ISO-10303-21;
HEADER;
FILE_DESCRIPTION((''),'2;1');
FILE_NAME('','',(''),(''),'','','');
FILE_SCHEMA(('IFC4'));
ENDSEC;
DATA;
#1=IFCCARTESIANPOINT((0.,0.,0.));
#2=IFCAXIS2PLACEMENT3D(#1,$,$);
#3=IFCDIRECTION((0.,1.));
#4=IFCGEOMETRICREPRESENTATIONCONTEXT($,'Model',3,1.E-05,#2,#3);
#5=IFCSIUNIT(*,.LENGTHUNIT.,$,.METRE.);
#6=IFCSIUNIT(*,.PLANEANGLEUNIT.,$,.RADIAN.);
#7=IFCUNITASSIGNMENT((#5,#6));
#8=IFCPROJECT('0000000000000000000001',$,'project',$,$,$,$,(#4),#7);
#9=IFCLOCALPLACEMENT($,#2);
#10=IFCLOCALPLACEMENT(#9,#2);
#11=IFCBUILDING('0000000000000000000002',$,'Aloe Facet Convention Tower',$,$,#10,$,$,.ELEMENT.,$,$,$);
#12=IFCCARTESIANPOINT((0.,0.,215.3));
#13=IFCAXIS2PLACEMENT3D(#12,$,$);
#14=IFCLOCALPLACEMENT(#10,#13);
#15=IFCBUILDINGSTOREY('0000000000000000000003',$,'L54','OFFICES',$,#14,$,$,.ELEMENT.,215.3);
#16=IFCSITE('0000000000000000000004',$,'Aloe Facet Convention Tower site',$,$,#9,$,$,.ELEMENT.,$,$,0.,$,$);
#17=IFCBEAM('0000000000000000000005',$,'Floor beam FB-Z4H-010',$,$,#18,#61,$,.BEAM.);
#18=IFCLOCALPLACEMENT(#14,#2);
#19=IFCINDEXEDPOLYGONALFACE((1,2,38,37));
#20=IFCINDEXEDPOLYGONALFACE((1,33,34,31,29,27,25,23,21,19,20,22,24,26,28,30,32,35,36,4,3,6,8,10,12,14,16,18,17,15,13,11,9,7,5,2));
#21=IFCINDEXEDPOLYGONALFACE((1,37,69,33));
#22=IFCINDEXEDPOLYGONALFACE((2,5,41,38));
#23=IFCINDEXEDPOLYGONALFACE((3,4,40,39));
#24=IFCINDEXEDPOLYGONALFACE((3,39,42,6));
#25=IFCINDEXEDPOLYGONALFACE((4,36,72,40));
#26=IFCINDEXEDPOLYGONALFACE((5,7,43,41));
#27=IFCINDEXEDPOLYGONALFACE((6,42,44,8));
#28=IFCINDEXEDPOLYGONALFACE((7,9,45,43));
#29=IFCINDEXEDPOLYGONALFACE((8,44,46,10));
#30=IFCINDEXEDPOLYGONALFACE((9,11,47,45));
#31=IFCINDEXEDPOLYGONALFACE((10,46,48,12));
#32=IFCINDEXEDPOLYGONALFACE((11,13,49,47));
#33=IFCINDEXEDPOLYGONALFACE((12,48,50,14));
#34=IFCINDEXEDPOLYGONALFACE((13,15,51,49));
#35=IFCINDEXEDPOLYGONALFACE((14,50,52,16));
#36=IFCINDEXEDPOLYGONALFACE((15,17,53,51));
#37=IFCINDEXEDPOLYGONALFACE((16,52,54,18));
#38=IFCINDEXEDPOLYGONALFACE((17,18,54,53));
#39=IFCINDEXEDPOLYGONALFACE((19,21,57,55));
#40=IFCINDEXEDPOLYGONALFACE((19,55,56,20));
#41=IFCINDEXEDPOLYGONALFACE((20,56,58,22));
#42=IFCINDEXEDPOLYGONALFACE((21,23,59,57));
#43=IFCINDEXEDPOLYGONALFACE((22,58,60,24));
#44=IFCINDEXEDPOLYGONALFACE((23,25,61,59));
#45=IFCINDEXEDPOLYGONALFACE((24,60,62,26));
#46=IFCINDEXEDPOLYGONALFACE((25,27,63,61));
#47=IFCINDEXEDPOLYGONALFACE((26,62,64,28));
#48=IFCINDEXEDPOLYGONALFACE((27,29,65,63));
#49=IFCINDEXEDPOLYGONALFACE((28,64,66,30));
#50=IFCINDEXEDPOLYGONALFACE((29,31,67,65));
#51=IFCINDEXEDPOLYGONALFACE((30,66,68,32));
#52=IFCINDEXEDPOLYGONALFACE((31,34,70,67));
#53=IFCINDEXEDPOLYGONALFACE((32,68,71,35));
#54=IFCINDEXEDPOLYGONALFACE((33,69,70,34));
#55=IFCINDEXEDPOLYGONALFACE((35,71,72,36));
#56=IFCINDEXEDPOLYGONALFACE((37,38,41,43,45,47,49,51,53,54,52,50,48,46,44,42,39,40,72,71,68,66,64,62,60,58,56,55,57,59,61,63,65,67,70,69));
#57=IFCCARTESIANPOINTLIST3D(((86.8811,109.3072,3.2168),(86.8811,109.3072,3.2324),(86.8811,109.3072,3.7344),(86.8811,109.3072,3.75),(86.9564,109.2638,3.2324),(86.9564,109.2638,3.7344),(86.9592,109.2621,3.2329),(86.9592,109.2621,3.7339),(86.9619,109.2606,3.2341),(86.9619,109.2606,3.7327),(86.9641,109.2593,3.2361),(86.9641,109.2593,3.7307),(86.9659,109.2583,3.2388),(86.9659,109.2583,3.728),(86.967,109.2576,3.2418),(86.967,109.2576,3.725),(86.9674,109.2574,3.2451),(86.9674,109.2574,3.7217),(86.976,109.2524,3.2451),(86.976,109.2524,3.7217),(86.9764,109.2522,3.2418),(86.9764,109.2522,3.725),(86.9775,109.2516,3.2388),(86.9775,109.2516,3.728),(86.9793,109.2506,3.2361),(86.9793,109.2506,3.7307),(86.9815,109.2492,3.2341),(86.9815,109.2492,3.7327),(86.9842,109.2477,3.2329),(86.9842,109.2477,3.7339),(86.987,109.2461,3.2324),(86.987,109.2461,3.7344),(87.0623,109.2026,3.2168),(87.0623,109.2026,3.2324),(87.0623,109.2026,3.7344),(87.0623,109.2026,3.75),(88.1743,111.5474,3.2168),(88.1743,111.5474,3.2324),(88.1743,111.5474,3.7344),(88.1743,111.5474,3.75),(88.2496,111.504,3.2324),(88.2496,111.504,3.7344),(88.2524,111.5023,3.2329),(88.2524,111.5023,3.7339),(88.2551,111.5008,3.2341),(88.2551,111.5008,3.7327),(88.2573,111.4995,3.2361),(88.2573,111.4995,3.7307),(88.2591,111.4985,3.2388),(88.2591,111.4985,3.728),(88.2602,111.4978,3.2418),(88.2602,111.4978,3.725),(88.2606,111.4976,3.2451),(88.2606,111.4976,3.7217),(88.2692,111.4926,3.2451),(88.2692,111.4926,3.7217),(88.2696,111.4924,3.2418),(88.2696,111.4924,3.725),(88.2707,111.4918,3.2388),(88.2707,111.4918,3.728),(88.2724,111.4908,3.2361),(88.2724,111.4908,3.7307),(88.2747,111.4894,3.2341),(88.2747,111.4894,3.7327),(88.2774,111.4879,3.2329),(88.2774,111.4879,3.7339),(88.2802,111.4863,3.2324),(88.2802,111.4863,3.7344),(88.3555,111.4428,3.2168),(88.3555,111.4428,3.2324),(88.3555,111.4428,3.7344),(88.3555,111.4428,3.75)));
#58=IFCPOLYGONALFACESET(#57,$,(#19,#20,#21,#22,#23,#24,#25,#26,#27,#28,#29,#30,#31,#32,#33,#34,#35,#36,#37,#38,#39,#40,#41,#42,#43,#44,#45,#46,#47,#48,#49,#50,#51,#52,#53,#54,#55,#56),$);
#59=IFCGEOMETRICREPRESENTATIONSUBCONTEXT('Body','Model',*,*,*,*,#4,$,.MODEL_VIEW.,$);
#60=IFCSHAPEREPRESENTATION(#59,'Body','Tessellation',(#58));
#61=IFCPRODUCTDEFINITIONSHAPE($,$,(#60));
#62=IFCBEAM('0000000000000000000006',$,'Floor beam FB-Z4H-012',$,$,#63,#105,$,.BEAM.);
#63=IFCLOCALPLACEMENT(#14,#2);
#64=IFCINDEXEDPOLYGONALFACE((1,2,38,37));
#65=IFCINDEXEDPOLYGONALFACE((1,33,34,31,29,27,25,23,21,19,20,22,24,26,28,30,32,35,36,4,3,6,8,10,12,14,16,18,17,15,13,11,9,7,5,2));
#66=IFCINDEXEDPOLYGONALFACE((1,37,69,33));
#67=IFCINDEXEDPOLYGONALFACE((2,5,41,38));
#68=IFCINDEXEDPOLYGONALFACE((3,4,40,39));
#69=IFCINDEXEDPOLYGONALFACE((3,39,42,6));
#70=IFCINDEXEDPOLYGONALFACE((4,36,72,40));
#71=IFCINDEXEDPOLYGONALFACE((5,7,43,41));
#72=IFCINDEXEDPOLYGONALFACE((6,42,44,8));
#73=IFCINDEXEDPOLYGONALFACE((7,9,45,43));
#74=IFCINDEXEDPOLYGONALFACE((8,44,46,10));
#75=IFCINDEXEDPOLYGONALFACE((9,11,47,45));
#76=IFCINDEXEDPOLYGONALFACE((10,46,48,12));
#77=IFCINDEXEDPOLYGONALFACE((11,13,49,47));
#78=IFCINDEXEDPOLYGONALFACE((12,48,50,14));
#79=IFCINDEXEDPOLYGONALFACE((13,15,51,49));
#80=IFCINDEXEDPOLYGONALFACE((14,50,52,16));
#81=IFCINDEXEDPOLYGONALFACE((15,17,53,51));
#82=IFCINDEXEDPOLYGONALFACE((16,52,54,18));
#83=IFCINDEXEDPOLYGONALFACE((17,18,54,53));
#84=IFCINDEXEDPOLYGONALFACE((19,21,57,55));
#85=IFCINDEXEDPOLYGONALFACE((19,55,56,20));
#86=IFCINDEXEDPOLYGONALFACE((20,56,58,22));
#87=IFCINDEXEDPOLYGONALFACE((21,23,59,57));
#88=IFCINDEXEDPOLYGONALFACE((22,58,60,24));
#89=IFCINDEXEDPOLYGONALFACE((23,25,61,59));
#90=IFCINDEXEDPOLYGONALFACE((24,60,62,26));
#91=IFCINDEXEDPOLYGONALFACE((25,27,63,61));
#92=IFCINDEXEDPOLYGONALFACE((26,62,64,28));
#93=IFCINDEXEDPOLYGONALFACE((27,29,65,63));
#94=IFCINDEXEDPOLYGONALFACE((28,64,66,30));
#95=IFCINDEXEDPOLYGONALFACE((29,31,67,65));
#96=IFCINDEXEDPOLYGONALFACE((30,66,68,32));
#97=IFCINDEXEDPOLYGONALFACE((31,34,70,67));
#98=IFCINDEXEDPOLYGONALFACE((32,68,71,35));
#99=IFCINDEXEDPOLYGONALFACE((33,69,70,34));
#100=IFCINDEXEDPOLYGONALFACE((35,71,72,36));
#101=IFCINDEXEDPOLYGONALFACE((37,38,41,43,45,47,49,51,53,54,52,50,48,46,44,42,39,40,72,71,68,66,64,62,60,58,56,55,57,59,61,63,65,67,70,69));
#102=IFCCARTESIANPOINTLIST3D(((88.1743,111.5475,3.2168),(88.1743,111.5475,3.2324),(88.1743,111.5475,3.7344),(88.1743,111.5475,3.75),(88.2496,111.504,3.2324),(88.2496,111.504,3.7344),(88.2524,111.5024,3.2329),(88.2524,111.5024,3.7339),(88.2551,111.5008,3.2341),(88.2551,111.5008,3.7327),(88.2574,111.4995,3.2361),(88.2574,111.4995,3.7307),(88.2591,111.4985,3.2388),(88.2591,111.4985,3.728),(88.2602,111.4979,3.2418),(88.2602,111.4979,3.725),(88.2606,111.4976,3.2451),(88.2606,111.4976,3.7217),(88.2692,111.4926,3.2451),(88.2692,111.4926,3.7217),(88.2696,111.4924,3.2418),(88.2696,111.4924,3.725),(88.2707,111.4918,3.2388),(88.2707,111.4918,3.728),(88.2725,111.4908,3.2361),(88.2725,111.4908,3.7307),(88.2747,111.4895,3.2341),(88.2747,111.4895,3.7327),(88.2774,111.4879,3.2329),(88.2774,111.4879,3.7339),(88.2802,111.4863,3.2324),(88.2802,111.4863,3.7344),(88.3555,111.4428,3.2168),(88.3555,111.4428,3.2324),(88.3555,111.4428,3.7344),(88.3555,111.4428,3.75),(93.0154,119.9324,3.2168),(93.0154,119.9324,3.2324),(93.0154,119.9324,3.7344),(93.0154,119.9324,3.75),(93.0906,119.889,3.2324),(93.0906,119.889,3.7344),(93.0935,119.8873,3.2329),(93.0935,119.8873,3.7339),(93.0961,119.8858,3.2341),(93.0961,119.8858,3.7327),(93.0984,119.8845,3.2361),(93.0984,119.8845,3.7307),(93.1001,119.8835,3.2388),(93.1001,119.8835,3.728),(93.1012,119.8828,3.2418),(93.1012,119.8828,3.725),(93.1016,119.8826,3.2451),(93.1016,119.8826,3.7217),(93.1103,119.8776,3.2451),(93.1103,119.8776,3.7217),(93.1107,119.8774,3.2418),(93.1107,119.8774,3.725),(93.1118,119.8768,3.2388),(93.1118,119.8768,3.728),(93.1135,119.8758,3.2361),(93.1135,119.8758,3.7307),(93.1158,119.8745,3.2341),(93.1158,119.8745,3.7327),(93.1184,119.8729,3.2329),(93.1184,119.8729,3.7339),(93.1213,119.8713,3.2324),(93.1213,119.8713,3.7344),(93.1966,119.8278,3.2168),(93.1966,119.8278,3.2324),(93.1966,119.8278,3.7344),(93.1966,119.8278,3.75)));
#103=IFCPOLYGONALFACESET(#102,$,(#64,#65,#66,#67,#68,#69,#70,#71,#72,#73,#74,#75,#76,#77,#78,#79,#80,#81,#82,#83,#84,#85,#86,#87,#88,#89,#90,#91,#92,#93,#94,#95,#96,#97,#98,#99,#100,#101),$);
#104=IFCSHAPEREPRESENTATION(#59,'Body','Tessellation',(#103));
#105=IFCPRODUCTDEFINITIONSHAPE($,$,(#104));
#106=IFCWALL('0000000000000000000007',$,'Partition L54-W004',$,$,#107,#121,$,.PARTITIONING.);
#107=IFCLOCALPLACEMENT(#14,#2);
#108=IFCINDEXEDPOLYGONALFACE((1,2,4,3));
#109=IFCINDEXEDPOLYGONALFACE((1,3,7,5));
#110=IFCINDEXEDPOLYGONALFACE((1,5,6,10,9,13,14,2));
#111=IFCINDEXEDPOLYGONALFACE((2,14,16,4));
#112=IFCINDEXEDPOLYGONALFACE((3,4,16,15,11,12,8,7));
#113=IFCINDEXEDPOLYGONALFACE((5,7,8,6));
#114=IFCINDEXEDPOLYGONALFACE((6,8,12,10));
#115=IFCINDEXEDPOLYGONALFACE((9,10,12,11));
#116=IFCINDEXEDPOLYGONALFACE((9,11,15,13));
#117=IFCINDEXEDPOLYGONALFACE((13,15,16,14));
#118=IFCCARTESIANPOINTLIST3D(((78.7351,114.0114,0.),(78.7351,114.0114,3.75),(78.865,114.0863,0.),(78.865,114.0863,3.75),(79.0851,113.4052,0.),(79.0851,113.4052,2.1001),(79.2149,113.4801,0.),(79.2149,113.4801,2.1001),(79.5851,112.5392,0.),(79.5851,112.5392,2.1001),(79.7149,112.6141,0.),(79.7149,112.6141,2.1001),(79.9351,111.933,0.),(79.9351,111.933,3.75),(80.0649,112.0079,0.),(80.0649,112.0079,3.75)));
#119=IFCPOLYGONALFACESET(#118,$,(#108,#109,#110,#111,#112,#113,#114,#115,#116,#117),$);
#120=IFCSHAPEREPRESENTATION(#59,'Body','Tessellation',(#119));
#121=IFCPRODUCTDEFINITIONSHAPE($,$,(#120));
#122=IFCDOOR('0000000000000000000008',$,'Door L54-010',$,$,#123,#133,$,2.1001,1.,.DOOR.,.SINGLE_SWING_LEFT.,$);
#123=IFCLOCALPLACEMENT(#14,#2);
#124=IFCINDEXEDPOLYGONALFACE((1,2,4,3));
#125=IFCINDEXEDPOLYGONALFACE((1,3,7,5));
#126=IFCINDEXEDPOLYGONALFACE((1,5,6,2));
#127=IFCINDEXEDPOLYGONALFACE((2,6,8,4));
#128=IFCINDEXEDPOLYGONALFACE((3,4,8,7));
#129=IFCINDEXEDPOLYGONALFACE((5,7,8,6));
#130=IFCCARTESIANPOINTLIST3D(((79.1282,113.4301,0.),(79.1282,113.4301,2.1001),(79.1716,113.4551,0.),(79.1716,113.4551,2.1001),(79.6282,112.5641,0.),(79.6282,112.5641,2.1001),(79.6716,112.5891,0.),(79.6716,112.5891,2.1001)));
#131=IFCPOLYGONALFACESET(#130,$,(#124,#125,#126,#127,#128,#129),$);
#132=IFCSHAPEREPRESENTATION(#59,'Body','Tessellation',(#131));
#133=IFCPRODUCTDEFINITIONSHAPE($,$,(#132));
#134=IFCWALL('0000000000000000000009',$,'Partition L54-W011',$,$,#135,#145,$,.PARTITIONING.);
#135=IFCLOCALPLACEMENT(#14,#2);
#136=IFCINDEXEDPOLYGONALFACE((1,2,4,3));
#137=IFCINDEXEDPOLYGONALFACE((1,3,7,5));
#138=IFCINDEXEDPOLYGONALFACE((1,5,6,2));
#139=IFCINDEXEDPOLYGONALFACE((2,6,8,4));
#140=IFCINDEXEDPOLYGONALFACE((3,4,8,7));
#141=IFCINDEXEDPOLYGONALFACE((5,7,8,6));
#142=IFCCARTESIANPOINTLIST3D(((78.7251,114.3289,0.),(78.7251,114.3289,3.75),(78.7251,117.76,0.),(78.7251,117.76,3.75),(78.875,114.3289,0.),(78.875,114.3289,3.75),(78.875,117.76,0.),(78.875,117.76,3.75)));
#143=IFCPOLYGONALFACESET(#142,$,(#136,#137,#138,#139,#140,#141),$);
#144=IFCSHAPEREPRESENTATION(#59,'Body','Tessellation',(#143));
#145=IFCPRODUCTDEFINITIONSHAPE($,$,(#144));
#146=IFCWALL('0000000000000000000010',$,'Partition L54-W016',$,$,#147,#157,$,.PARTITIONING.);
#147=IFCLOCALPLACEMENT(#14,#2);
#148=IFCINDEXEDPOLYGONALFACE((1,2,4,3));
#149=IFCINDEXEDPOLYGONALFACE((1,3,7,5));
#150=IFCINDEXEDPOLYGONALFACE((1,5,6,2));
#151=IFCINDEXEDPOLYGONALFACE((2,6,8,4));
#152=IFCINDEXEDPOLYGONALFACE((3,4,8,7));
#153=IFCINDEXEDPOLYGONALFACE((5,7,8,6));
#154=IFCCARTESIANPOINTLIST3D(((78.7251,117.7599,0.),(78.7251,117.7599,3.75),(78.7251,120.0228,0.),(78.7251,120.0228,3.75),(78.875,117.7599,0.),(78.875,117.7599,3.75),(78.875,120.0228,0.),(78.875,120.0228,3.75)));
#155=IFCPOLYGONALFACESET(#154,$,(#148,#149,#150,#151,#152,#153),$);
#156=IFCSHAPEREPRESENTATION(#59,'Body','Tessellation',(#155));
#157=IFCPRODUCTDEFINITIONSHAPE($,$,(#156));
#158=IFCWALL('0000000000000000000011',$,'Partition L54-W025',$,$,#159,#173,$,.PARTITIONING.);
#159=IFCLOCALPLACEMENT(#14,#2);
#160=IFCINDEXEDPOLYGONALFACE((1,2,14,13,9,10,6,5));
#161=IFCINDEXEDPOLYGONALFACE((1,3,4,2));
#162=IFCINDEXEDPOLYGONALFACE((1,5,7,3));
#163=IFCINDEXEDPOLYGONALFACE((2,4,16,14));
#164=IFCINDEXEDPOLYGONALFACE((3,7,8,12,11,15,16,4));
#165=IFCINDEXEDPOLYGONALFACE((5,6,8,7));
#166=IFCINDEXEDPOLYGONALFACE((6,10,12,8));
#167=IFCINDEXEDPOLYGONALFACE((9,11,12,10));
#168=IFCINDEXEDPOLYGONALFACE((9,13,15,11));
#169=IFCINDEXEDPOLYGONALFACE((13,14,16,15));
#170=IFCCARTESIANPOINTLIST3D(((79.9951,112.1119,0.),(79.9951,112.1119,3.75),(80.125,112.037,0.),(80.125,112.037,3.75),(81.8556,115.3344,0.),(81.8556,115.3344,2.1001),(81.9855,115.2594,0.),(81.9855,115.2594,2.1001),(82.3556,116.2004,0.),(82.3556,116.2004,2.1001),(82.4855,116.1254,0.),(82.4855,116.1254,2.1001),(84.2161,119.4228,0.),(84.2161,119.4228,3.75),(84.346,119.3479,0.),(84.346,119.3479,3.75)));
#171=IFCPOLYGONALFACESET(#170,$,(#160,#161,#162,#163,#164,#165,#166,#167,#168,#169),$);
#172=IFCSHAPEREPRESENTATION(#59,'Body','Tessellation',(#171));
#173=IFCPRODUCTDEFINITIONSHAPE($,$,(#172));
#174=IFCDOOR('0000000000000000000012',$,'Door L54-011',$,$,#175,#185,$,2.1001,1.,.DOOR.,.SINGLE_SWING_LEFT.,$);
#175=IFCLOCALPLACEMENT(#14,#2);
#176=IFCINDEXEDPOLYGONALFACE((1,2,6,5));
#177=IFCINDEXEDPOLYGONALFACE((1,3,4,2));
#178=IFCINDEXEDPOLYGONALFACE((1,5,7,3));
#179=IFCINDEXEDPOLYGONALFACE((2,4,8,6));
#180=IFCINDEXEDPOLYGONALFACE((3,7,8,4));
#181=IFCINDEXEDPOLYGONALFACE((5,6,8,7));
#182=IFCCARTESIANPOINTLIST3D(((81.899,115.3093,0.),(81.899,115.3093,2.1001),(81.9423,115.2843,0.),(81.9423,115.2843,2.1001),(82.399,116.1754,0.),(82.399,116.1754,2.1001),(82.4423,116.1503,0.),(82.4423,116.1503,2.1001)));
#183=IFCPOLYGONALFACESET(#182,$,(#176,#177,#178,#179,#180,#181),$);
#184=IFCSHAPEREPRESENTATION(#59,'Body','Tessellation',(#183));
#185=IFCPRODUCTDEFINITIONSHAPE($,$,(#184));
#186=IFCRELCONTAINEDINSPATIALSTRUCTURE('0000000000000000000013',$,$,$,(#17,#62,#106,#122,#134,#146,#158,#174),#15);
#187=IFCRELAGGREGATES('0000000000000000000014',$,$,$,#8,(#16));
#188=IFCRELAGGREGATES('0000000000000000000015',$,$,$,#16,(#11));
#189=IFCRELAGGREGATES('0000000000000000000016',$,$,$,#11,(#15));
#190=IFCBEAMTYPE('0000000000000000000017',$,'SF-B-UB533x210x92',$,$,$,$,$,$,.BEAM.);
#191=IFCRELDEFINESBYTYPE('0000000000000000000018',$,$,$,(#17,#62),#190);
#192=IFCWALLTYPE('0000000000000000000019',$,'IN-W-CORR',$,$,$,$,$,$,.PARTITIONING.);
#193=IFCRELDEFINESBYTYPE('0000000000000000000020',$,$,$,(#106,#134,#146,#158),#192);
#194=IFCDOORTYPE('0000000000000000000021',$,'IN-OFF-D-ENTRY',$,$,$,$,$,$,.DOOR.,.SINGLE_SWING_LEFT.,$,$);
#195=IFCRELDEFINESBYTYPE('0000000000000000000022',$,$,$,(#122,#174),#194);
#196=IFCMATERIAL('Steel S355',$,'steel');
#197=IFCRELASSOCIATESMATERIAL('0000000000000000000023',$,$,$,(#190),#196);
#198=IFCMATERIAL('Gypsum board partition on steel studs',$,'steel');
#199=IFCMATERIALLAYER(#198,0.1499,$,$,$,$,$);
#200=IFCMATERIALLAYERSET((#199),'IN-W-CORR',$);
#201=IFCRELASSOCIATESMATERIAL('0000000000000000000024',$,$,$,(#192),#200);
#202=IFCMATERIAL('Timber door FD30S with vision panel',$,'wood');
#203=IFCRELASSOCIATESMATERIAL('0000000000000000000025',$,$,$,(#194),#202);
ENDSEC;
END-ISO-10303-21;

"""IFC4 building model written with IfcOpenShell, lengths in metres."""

from ifc_helpers import new_model, si_unit, direction, frame, frame_2d, origin, origin_2d, place, context, subcontext, project, spatial, rectangle, i_section, extrude, material, layer, layer_set, material_profile, profile_set, type_object, element, fill, save


model = new_model("IFC4")

# Units and contexts
model_context = context("Model", 3, precision=1e-05, world=origin(), true_north=direction((0.0, 1.0)))
body_context = subcontext(model_context, "Body", "Model", "MODEL_VIEW")
ifc_project = project(units=[si_unit("LENGTHUNIT", "METRE"), si_unit("PLANEANGLEUNIT", "RADIAN")], contexts=[model_context])

# Site, building, storey
site_placement = place(None, origin())
site = spatial("IfcSite", under=ifc_project, at=site_placement, Name="Aloe Facet Convention Tower site", CompositionType="ELEMENT", RefElevation=0.0)
building_placement = place(site_placement, origin())
building = spatial("IfcBuilding", under=site, at=building_placement, Name="Aloe Facet Convention Tower", CompositionType="ELEMENT")
storey_placement = place(building_placement, frame((0.0, 0.0, 215.3)))
storey = spatial("IfcBuildingStorey", under=building, at=storey_placement, Name="L54", Description="OFFICES", CompositionType="ELEMENT", Elevation=215.3)

# Beams
ifc_material_1 = material(Name="Steel S355", Category="steel")
ifc_material_profile_1 = material_profile(ifc_material_1, i_section(OverallWidth=0.2092, OverallDepth=0.5332, WebThickness=0.01, FlangeThickness=0.0156, FilletRadius=0.0127, at=origin_2d()), Name="UB 533x210x92")
ifc_profile_set_1 = profile_set([ifc_material_profile_1], Name="Steel S355")
beam_type_1 = type_object("IfcBeamType", Name="SF-B-UB533x210x92", PredefinedType="BEAM", material=ifc_profile_set_1)
beam_1_placement = place(storey_placement, frame((88.2649, 111.4951, 3.4834), z_axis=(-0.499946, -0.866057, 0.0), x_axis=(0.866057, -0.499946, 0.0)))
element("IfcBeam", 1, at=beam_1_placement, inside=storey, type_object=beam_type_1, Name="Floor beam FB-Z4H-010", PredefinedType="BEAM", context=body_context, shape_type="SweptSolid", body=[
    extrude(i_section(OverallWidth=0.2092, OverallDepth=0.5332, WebThickness=0.01, FlangeThickness=0.0156, FilletRadius=0.0127, at=origin_2d()), origin(), (0.0, 0.0, 1.0), 2.5867),
])
beam_2_placement = place(storey_placement, frame((93.106, 119.8801, 3.4834), z_axis=(-0.499998, -0.866026, 0.0), x_axis=(0.866026, -0.499998, 0.0)))
element("IfcBeam", 2, at=beam_2_placement, inside=storey, type_object=beam_type_1, Name="Floor beam FB-Z4H-012", PredefinedType="BEAM", context=body_context, shape_type="SweptSolid", body=[
    extrude(i_section(OverallWidth=0.2092, OverallDepth=0.5332, WebThickness=0.01, FlangeThickness=0.0156, FilletRadius=0.0127, at=origin_2d()), origin(), (0.0, 0.0, 1.0), 9.6821),
])

# Wall, opening, door
ifc_material_2 = material(Name="Gypsum board partition on steel studs", Category="steel")
ifc_layer_1 = layer(ifc_material_2, 0.1499)
ifc_layer_set_1 = layer_set([ifc_layer_1], Name="IN-W-CORR")
wall_type_1 = type_object("IfcWallType", Name="IN-W-CORR", PredefinedType="PARTITIONING", material=ifc_layer_set_1)
wall_1_placement = place(storey_placement, frame((78.8, 114.0488, 0.0), z_axis=(0.0, 0.0, 1.0), x_axis=(0.500001, -0.866025, 0.0)))
wall_1 = element("IfcWall", 3, at=wall_1_placement, inside=storey, type_object=wall_type_1, Name="Partition L54-W004", PredefinedType="PARTITIONING", context=body_context, shape_type="SweptSolid", body=[
    extrude(rectangle(XDim=2.3999, YDim=0.1499, at=frame_2d((1.2, 0.0))), origin(), (0.0, 0.0, 1.0), 3.75),
])
opening_1_placement = place(wall_1_placement, frame((0.7, 0.0, 0.0)))
opening_1 = element("IfcOpeningElement", 4, at=opening_1_placement, cuts=wall_1, PredefinedType="OPENING", context=body_context, shape_type="SweptSolid", body=[
    extrude(rectangle(XDim=1.0, YDim=2.1001, at=frame_2d((0.5, 1.05))), frame((0.0, 0.085, 0.0), z_axis=(0.0, -1.0, 0.0), x_axis=(1.0, 0.0, 0.0)), (0.0, 0.0, 1.0), 0.1699),
])
ifc_material_3 = material(Name="Timber door FD30S with vision panel", Category="wood")
door_type_1 = type_object("IfcDoorType", Name="IN-OFF-D-ENTRY", OperationType="SINGLE_SWING_LEFT", PredefinedType="DOOR", material=ifc_material_3)
door_1_placement = place(opening_1_placement, origin())
door_1 = element("IfcDoor", 5, at=door_1_placement, inside=storey, type_object=door_type_1, Name="Door L54-010", OperationType="SINGLE_SWING_LEFT", OverallHeight=2.1001, OverallWidth=1.0, PredefinedType="DOOR", context=body_context, shape_type="SweptSolid", body=[
    extrude(rectangle(XDim=1.0, YDim=2.1001, at=frame_2d((0.5, 1.05))), frame((0.0, 0.0249, 0.0), z_axis=(0.0, -1.0, 0.0), x_axis=(1.0, 0.0, 0.0)), (0.0, 0.0, 1.0), 0.05),
])
fill(opening_1, door_1)

# Walls
wall_2_placement = place(storey_placement, frame((78.8, 114.3289, 0.0), z_axis=(0.0, 0.0, 1.0), x_axis=(0.0, 1.0, 0.0)))
element("IfcWall", 6, at=wall_2_placement, inside=storey, type_object=wall_type_1, Name="Partition L54-W011", PredefinedType="PARTITIONING", context=body_context, shape_type="SweptSolid", body=[
    extrude(rectangle(XDim=3.4312, YDim=0.1499, at=frame_2d((1.7156, 0.0))), origin(), (0.0, 0.0, 1.0), 3.75),
])
wall_3_placement = place(storey_placement, frame((78.8, 117.76, 0.0), z_axis=(0.0, 0.0, 1.0), x_axis=(0.0, 1.0, 0.0)))
element("IfcWall", 7, at=wall_3_placement, inside=storey, type_object=wall_type_1, Name="Partition L54-W016", PredefinedType="PARTITIONING", context=body_context, shape_type="SweptSolid", body=[
    extrude(rectangle(XDim=2.2629, YDim=0.1499, at=frame_2d((1.1313, 0.0))), origin(), (0.0, 0.0, 1.0), 3.75),
])

# Wall, opening, door
wall_4_placement = place(storey_placement, frame((80.0601, 112.0745, 0.0), z_axis=(0.0, 0.0, 1.0), x_axis=(0.500005, 0.866022, 0.0)))
wall_4 = element("IfcWall", 8, at=wall_4_placement, inside=storey, type_object=wall_type_1, Name="Partition L54-W025", PredefinedType="PARTITIONING", context=body_context, shape_type="SweptSolid", body=[
    extrude(rectangle(XDim=8.4419, YDim=0.1499, at=frame_2d((4.2209, 0.0))), origin(), (0.0, 0.0, 1.0), 3.75),
])
opening_2_placement = place(wall_4_placement, frame((3.7209, 0.0, 0.0)))
opening_2 = element("IfcOpeningElement", 9, at=opening_2_placement, cuts=wall_4, PredefinedType="OPENING", context=body_context, shape_type="SweptSolid", body=[
    extrude(rectangle(XDim=1.0, YDim=2.1001, at=frame_2d((0.5, 1.05))), frame((0.0, 0.085, 0.0), z_axis=(0.0, -1.0, 0.0), x_axis=(1.0, 0.0, 0.0)), (0.0, 0.0, 1.0), 0.1699),
])
door_2_placement = place(opening_2_placement, origin())
door_2 = element("IfcDoor", 10, at=door_2_placement, inside=storey, type_object=door_type_1, Name="Door L54-011", OperationType="SINGLE_SWING_LEFT", OverallHeight=2.1001, OverallWidth=1.0, PredefinedType="DOOR", context=body_context, shape_type="SweptSolid", body=[
    extrude(rectangle(XDim=1.0, YDim=2.1001, at=frame_2d((0.5, 1.05))), frame((0.0, 0.0249, 0.0), z_axis=(0.0, -1.0, 0.0), x_axis=(1.0, 0.0, 0.0)), (0.0, 0.0, 1.0), 0.05),
])
fill(opening_2, door_2)

save(model, "model.ifc")
